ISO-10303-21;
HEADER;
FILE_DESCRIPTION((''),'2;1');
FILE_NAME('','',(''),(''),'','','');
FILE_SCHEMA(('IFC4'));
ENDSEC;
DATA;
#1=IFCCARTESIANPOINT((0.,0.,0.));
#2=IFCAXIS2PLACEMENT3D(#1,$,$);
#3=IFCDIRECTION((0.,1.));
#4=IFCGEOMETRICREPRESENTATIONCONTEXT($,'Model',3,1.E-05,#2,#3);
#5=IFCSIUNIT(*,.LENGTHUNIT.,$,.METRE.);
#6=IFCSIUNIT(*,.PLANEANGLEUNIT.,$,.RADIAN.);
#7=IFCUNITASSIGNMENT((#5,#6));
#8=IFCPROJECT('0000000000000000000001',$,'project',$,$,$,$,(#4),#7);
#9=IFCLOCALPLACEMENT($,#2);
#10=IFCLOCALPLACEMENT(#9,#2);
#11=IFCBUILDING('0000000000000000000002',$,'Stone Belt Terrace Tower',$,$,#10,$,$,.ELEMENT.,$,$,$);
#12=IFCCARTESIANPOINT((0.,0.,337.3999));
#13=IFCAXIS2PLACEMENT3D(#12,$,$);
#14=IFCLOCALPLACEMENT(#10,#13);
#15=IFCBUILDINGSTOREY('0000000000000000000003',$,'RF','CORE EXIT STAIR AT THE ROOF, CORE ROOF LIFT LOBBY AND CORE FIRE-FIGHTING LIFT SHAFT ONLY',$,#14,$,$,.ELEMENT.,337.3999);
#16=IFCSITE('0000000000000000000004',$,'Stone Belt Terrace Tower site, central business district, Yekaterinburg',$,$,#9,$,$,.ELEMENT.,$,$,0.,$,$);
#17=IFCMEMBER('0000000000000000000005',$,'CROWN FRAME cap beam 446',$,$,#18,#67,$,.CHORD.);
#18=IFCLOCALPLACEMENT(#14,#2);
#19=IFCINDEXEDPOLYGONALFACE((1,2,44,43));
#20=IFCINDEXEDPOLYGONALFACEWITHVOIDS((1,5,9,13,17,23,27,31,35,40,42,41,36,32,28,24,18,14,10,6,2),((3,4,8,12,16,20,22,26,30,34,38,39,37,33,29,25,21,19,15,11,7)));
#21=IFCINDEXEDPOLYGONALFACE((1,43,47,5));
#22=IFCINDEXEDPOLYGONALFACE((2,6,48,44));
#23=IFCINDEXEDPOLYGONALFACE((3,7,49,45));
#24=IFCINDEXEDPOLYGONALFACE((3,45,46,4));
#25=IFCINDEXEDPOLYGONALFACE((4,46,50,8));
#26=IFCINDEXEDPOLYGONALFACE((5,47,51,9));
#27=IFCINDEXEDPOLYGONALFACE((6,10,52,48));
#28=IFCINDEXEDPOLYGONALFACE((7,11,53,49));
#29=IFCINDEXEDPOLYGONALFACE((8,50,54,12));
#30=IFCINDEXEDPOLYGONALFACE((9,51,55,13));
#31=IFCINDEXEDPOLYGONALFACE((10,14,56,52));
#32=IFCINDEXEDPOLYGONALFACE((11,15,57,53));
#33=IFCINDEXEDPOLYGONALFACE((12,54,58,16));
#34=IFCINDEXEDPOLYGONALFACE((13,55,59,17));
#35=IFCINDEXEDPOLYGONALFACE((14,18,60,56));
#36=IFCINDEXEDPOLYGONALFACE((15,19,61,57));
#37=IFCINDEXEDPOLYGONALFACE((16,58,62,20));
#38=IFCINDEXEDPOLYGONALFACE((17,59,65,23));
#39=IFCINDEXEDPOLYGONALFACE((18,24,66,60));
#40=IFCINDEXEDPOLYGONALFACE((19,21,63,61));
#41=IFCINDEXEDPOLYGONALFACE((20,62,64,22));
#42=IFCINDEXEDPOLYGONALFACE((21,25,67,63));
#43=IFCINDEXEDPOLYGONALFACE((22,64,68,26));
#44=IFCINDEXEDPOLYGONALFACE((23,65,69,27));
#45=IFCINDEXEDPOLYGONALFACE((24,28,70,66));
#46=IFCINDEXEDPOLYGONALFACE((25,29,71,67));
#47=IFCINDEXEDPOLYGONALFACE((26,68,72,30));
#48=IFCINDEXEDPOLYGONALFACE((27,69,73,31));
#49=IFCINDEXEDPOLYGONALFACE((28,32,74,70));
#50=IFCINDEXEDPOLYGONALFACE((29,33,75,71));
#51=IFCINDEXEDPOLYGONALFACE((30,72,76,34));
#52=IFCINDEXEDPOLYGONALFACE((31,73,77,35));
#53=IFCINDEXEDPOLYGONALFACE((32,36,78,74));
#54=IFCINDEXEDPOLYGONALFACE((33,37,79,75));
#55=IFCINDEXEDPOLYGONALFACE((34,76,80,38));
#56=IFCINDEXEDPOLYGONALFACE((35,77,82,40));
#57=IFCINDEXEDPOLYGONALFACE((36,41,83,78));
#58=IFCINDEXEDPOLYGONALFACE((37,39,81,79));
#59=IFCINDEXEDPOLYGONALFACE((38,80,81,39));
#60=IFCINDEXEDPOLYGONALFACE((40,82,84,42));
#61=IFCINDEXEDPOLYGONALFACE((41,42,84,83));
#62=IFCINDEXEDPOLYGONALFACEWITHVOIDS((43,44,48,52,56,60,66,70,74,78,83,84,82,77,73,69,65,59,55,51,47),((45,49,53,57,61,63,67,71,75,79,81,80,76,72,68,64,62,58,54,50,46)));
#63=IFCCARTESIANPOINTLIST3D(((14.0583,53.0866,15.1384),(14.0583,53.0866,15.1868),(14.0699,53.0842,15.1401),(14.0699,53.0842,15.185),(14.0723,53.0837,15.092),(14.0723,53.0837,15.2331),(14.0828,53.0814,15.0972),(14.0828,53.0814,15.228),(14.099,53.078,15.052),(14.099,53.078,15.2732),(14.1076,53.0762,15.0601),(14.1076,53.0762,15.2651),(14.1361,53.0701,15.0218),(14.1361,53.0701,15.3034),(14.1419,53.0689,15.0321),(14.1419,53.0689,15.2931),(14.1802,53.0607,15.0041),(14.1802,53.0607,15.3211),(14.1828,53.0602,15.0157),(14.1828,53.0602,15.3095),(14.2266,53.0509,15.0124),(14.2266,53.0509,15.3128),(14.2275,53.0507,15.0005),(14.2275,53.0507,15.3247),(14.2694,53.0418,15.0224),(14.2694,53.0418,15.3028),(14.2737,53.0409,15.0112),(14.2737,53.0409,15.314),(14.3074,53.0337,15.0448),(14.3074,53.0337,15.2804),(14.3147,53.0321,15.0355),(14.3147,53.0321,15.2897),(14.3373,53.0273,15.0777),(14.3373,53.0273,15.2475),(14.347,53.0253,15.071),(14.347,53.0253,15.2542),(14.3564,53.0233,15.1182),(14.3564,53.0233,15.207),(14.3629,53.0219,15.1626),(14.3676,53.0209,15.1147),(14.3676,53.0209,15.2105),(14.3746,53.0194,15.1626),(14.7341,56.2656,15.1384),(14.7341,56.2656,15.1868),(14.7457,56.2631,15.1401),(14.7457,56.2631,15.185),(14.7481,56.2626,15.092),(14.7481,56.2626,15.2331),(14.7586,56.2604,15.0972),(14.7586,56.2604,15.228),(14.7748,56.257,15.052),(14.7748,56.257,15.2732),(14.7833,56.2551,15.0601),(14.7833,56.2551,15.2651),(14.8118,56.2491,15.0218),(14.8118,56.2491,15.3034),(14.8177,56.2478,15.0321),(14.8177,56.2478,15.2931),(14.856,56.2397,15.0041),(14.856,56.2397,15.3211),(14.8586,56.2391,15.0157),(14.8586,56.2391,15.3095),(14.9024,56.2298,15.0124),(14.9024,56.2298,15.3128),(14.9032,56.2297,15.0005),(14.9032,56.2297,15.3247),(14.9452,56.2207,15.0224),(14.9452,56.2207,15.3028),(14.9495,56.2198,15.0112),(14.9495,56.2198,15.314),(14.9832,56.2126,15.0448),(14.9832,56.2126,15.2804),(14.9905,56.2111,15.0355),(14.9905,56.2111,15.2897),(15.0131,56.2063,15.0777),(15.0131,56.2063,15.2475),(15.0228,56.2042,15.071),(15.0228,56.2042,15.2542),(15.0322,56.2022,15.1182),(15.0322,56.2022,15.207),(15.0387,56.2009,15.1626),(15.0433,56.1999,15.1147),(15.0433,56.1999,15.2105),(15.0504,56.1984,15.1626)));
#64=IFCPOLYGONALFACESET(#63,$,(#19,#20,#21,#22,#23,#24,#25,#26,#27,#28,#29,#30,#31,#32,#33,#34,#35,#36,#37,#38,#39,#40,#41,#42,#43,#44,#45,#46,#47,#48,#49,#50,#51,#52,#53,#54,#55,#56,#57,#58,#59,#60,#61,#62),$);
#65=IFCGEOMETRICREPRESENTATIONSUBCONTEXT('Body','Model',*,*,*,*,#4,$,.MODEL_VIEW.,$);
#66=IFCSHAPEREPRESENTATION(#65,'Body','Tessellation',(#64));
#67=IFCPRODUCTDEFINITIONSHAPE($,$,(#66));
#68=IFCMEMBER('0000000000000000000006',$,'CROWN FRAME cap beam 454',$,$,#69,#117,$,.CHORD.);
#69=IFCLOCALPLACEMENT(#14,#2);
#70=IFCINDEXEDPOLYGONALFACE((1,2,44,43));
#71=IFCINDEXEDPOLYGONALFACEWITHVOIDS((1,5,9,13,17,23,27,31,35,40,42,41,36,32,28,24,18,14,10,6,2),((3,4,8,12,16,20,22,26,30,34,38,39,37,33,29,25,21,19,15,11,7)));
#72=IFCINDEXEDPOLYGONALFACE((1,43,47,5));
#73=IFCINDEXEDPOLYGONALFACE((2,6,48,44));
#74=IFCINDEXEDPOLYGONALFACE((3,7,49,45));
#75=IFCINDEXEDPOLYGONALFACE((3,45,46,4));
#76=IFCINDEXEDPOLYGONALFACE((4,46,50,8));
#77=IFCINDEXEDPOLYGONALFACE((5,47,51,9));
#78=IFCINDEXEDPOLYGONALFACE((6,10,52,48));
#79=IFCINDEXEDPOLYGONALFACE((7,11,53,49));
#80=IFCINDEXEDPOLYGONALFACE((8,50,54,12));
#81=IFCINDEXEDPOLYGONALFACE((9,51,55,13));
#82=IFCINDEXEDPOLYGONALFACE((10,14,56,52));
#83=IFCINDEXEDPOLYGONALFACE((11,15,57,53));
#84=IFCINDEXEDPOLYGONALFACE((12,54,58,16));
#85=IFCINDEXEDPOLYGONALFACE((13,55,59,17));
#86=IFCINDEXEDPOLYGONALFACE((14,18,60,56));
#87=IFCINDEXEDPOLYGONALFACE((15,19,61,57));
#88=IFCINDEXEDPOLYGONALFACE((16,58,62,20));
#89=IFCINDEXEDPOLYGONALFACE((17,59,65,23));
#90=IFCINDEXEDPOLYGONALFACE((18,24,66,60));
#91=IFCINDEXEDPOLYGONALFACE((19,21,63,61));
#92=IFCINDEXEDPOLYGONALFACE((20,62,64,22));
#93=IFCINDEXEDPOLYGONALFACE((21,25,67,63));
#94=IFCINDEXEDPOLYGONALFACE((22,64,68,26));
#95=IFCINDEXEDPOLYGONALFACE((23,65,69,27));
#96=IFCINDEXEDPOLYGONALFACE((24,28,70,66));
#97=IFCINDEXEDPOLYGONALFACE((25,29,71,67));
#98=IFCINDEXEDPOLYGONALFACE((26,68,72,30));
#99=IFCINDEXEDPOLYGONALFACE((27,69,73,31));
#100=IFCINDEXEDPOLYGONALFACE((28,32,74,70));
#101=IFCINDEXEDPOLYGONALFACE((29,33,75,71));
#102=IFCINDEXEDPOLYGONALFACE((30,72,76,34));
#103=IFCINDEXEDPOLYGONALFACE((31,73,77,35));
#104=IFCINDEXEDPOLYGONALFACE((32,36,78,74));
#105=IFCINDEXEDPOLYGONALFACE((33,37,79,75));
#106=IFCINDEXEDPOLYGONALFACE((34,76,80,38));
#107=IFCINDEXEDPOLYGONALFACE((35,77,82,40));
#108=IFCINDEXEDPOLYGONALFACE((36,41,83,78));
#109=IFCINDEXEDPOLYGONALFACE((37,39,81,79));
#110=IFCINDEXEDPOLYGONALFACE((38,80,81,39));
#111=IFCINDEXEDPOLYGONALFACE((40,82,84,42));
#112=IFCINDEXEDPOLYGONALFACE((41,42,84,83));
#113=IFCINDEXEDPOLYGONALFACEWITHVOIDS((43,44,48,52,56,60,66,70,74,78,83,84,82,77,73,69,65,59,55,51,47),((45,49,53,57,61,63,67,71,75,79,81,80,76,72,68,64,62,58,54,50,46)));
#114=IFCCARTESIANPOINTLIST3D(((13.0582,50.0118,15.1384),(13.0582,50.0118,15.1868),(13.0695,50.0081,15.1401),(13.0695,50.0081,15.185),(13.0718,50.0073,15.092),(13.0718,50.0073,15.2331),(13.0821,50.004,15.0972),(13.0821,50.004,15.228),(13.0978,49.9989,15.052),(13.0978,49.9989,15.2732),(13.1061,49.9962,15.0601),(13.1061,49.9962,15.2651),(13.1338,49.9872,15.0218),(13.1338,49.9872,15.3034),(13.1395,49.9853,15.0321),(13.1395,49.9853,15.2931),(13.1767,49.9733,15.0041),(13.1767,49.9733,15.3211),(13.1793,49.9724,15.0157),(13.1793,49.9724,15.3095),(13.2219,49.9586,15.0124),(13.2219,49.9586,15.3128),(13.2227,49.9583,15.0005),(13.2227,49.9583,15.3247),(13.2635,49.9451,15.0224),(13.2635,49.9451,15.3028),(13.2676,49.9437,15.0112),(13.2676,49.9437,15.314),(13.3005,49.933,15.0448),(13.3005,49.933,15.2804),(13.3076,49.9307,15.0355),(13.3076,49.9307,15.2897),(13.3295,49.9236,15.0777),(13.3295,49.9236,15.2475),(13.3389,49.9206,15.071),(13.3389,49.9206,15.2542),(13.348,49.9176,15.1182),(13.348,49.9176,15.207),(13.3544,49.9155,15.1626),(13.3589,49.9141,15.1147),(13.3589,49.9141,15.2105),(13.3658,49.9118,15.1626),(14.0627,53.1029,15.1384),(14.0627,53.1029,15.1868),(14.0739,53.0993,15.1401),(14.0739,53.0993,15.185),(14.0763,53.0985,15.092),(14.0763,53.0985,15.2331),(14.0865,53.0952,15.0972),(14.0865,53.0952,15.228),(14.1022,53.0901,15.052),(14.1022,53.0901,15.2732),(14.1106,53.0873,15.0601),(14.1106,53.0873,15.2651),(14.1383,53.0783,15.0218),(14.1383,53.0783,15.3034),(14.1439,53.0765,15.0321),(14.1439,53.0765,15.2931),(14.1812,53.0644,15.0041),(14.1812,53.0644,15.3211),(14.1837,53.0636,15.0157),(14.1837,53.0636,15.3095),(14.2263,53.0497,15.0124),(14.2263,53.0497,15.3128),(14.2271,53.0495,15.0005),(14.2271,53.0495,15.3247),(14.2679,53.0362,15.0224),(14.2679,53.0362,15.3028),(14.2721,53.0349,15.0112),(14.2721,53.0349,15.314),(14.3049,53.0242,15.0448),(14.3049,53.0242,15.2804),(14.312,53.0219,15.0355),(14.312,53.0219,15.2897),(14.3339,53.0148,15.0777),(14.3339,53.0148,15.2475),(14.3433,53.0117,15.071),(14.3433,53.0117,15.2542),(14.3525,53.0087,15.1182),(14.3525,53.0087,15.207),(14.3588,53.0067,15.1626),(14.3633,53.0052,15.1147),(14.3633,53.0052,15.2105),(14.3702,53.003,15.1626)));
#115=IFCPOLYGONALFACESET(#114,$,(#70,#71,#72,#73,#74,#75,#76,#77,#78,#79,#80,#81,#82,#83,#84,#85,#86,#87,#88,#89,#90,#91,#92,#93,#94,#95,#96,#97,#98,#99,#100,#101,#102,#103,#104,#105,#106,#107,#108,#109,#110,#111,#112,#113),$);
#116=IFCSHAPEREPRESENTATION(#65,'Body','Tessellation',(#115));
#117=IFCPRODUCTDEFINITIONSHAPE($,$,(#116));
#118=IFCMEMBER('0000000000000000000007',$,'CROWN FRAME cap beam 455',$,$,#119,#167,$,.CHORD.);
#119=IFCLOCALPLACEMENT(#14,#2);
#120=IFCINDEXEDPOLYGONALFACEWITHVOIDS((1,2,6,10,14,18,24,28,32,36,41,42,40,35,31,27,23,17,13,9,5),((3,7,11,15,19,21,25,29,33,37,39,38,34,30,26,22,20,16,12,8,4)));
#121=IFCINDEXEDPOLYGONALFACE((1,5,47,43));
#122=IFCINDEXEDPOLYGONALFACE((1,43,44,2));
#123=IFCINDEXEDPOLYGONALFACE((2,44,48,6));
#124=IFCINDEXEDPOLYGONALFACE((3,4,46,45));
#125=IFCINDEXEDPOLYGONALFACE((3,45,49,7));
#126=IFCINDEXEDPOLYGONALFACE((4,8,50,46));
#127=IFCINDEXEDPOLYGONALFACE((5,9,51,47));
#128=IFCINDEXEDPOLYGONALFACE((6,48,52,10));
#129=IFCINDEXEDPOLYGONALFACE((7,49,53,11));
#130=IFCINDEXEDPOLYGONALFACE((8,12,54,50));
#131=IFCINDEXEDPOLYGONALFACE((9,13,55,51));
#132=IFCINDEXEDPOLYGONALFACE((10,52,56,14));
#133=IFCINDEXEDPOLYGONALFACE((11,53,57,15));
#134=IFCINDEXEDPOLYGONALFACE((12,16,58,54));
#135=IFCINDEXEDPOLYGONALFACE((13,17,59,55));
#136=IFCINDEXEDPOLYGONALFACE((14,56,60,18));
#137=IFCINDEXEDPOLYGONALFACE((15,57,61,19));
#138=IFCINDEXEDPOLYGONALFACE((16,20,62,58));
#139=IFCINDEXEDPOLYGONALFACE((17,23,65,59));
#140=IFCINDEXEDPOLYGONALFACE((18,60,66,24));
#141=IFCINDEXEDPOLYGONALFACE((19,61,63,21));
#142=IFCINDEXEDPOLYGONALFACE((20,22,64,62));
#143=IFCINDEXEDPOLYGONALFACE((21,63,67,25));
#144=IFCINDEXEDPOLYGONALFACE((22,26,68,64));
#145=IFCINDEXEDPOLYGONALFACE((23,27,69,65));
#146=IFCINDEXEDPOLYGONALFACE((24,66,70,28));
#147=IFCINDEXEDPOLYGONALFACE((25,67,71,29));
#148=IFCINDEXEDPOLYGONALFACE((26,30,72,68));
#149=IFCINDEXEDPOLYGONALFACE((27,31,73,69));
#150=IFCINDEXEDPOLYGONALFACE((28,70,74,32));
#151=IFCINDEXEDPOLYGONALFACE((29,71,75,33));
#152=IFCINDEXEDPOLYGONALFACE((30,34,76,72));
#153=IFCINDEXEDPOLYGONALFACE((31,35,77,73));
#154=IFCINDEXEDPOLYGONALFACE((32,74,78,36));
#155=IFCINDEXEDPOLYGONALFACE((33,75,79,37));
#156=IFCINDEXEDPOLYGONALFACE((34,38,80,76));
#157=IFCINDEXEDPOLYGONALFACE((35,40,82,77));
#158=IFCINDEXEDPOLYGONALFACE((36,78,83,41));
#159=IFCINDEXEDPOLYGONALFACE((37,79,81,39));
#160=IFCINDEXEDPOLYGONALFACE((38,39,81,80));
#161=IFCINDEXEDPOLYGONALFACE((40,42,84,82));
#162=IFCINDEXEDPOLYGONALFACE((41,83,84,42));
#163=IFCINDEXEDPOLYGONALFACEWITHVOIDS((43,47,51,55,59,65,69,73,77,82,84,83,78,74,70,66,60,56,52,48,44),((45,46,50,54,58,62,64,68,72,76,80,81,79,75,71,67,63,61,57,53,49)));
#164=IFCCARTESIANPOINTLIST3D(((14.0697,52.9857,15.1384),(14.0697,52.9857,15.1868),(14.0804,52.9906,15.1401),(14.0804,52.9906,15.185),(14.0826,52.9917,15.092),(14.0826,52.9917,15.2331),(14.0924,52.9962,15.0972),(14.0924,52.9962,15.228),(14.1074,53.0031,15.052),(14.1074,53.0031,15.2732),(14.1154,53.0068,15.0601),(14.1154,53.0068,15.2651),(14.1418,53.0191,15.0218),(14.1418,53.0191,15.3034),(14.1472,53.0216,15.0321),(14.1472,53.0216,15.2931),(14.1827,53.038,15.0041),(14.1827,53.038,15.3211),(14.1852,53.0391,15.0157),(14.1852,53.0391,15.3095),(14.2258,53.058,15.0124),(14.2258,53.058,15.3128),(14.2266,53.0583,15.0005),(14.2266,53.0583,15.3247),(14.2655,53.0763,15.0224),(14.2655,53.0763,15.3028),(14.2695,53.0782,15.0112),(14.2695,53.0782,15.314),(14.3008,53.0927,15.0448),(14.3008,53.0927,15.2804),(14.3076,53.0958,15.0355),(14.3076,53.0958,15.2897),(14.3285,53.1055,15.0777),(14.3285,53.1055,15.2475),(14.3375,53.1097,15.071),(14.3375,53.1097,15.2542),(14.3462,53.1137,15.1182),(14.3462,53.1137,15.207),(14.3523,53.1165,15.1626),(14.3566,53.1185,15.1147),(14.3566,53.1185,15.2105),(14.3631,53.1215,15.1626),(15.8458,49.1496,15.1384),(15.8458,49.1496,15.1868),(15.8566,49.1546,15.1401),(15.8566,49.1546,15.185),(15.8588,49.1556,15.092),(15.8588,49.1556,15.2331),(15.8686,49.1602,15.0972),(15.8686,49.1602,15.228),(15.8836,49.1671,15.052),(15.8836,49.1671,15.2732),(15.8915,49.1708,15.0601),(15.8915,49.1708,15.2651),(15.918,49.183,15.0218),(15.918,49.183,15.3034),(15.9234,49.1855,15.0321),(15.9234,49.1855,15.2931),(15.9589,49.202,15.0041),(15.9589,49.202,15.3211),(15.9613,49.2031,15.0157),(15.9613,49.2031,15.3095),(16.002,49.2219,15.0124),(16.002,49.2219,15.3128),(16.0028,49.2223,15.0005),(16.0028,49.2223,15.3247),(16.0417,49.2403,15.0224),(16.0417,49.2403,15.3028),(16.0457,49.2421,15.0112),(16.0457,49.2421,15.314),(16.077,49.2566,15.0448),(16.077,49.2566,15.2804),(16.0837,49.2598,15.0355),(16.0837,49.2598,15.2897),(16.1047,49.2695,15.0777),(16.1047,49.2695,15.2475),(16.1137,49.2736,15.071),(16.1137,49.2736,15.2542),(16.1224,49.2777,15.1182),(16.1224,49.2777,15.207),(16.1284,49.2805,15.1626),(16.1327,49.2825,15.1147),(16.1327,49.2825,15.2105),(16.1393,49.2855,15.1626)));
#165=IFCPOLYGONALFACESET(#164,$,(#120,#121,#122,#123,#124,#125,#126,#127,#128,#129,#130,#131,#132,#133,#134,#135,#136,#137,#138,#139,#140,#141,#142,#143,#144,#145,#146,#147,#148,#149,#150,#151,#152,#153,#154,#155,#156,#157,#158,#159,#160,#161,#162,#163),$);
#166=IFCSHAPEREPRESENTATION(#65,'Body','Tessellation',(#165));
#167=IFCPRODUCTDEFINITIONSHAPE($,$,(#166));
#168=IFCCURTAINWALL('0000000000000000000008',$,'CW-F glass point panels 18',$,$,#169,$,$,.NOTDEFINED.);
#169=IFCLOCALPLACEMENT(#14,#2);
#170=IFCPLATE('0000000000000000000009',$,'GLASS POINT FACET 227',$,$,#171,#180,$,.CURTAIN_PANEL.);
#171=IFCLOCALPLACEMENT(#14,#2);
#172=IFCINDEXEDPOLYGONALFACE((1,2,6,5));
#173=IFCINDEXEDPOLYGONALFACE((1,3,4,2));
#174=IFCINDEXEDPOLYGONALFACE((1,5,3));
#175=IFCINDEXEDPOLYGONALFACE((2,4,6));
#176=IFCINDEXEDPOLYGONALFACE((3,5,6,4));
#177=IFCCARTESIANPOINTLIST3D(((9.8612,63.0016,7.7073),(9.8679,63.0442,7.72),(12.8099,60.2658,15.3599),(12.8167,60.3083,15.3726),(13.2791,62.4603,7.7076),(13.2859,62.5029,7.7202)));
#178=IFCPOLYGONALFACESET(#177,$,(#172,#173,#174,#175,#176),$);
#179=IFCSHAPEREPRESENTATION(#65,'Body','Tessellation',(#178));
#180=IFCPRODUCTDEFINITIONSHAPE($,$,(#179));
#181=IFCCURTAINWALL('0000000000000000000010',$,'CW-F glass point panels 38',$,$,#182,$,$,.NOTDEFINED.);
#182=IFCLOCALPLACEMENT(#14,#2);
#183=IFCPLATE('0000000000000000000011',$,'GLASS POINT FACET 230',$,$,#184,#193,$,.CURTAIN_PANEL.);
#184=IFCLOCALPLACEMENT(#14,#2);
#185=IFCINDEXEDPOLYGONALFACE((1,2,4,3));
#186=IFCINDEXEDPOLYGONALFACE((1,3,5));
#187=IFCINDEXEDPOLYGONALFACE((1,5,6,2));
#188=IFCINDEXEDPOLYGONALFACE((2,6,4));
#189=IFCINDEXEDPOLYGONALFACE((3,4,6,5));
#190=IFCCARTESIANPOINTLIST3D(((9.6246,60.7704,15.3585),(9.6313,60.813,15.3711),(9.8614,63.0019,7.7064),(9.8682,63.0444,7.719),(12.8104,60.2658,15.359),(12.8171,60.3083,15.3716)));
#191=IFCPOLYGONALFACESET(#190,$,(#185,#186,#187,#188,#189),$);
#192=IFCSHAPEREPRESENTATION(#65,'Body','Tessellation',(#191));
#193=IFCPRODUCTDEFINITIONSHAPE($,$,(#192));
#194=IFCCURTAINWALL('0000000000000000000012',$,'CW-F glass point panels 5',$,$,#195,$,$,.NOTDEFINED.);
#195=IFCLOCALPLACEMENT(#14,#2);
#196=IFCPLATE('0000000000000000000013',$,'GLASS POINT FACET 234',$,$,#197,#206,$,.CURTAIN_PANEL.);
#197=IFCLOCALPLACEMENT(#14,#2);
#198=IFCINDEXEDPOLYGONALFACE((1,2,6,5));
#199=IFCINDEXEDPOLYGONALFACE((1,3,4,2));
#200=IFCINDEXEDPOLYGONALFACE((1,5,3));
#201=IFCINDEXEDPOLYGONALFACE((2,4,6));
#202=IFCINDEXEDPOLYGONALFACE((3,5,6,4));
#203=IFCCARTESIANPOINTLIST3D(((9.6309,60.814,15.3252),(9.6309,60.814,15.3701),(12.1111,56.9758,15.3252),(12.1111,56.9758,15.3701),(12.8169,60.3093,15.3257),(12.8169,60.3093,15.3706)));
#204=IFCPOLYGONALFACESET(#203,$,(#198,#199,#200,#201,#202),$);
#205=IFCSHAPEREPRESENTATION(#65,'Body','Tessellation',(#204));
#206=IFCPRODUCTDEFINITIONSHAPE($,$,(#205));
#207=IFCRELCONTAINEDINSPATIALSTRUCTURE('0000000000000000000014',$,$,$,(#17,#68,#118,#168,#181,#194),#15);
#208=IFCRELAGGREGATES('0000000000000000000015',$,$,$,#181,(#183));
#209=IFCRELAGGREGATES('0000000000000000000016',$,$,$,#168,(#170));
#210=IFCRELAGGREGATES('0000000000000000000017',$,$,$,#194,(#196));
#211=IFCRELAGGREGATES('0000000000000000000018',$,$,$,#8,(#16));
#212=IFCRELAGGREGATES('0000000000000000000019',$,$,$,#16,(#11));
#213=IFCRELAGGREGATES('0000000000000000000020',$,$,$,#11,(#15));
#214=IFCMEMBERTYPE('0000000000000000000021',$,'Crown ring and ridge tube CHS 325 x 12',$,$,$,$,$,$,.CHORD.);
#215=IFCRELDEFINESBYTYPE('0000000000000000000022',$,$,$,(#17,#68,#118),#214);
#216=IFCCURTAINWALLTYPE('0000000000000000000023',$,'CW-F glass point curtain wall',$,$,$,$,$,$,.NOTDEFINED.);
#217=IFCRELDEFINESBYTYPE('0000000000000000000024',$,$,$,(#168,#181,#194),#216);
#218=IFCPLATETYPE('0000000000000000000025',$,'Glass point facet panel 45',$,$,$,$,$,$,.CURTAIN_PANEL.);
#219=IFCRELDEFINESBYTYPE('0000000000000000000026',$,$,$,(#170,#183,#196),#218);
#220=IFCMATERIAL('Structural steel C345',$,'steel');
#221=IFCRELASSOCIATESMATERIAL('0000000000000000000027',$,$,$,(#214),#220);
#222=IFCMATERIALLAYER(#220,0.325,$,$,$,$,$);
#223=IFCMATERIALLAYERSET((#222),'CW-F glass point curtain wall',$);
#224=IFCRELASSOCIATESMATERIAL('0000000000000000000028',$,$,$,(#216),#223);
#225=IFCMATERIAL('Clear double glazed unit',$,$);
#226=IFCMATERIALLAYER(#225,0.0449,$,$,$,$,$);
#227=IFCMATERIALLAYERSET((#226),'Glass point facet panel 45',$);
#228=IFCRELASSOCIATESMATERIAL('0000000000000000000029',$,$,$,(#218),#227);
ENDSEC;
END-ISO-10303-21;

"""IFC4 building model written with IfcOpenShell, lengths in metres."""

from ifc_helpers import new_model, si_unit, direction, frame, origin, origin_2d, place, context, subcontext, project, spatial, polyline, hollow_circle, outline, extrude, material, layer, layer_set, material_profile, profile_set, type_object, element, aggregate, save


model = new_model("IFC4")

# Units and contexts
model_context = context("Model", 3, precision=1e-05, world=origin(), true_north=direction((0.0, 1.0)))
body_context = subcontext(model_context, "Body", "Model", "MODEL_VIEW")
ifc_project = project(units=[si_unit("LENGTHUNIT", "METRE"), si_unit("PLANEANGLEUNIT", "RADIAN")], contexts=[model_context])

# Site, building, storey
site_placement = place(None, origin())
site = spatial("IfcSite", under=ifc_project, at=site_placement, Name="Stone Belt Terrace Tower site, central business district, Yekaterinburg", CompositionType="ELEMENT", RefElevation=0.0)
building_placement = place(site_placement, origin())
building = spatial("IfcBuilding", under=site, at=building_placement, Name="Stone Belt Terrace Tower", CompositionType="ELEMENT")
storey_placement = place(building_placement, frame((0.0, 0.0, 337.3999)))
storey = spatial("IfcBuildingStorey", under=building, at=storey_placement, Name="RF", Description="CORE EXIT STAIR AT THE ROOF, CORE ROOF LIFT LOBBY AND CORE FIRE-FIGHTING LIFT SHAFT ONLY", CompositionType="ELEMENT", Elevation=337.3999)

# Members
ifc_material_1 = material(Name="Structural steel C345", Category="steel")
ifc_material_profile = material_profile(ifc_material_1, hollow_circle(Radius=0.1626, WallThickness=0.012, at=origin_2d()), Name="Structural steel C345 CHS 325x12")
ifc_profile_set = profile_set([ifc_material_profile], Name="Structural steel C345")
member_type = type_object("IfcMemberType", Name="Crown ring and ridge tube CHS 325 x 12", PredefinedType="CHORD", material=ifc_profile_set)
member_1_placement = place(storey_placement, frame((14.8914, 56.2322, 15.1626), z_axis=(-0.207933, -0.978143, 0.0), x_axis=(0.978143, -0.207933, 0.0)))
element("IfcMember", 1, at=member_1_placement, inside=storey, type_object=member_type, Name="CROWN FRAME cap beam 446", PredefinedType="CHORD", context=body_context, shape_type="SweptSolid", body=[
    extrude(hollow_circle(Radius=0.1626, WallThickness=0.012, at=origin_2d()), origin(), (0.0, 0.0, 1.0), 3.25),
])
member_2_placement = place(storey_placement, frame((14.2156, 53.0532, 15.1626), z_axis=(-0.30903, -0.951052, 0.0), x_axis=(0.951052, -0.30903, 0.0)))
element("IfcMember", 2, at=member_2_placement, inside=storey, type_object=member_type, Name="CROWN FRAME cap beam 454", PredefinedType="CHORD", context=body_context, shape_type="SweptSolid", body=[
    extrude(hollow_circle(Radius=0.1626, WallThickness=0.012, at=origin_2d()), origin(), (0.0, 0.0, 1.0), 3.2502),
])
member_3_placement = place(storey_placement, frame((14.2156, 53.0532, 15.1626), z_axis=(0.420168, -0.907447, 0.0), x_axis=(0.907447, 0.420168, 0.0)))
element("IfcMember", 3, at=member_3_placement, inside=storey, type_object=member_type, Name="CROWN FRAME cap beam 455", PredefinedType="CHORD", context=body_context, shape_type="SweptSolid", body=[
    extrude(hollow_circle(Radius=0.1626, WallThickness=0.012, at=origin_2d()), origin(), (0.0, 0.0, 1.0), 4.2273),
])

# Curtain walls, plates
ifc_layer_1 = layer(ifc_material_1, 0.325)
ifc_layer_set_1 = layer_set([ifc_layer_1], Name="CW-F glass point curtain wall")
curtain_wall_type = type_object("IfcCurtainWallType", Name="CW-F glass point curtain wall", PredefinedType="NOTDEFINED", material=ifc_layer_set_1)
curtain_wall_1_placement = place(storey_placement, origin())
curtain_wall_1 = element("IfcCurtainWall", 4, at=curtain_wall_1_placement, inside=storey, type_object=curtain_wall_type, Name="CW-F glass point panels 18", PredefinedType="NOTDEFINED")
ifc_material_2 = material(Name="Clear double glazed unit")
ifc_layer_2 = layer(ifc_material_2, 0.0449)
ifc_layer_set_2 = layer_set([ifc_layer_2], Name="Glass point facet panel 45")
plate_type = type_object("IfcPlateType", Name="Glass point facet panel 45", PredefinedType="CURTAIN_PANEL", material=ifc_layer_set_2)
plate_1_placement = place(storey_placement, frame((12.8167, 60.3083, 15.3726), z_axis=(0.150085, 0.947887, 0.281043), x_axis=(-0.341077, 0.316452, -0.885169)))
plate_1 = element("IfcPlate", 5, at=plate_1_placement, type_object=plate_type, Name="GLASS POINT FACET 227", PredefinedType="CURTAIN_PANEL", context=body_context, shape_type="SweptSolid", body=[
    extrude(outline(polyline([(0.0, 0.0), (8.6453, 0.0), (7.3081, -3.1917), (0.0, 0.0)])), origin(), (0.0, 0.0, -1.0), 0.0449),
])
curtain_wall_2_placement = place(storey_placement, origin())
curtain_wall_2 = element("IfcCurtainWall", 6, at=curtain_wall_2_placement, inside=storey, type_object=curtain_wall_type, Name="CW-F glass point panels 38", PredefinedType="NOTDEFINED")
plate_2_placement = place(storey_placement, frame((12.8171, 60.3083, 15.3716), z_axis=(0.150104, 0.947879, 0.281058), x_axis=(-0.987686, 0.156452, -0.000151)))
plate_2 = element("IfcPlate", 7, at=plate_2_placement, type_object=plate_type, Name="GLASS POINT FACET 230", PredefinedType="CURTAIN_PANEL", context=body_context, shape_type="SweptSolid", body=[
    extrude(outline(polyline([(0.0, 0.0), (3.2255, 0.0), (3.3419, -7.9735), (0.0, 0.0)])), origin(), (0.0, 0.0, -1.0), 0.0449),
])
aggregate(curtain_wall_2, [plate_2])
curtain_wall_3_placement = place(storey_placement, origin())
curtain_wall_3 = element("IfcCurtainWall", 8, at=curtain_wall_3_placement, inside=storey, type_object=curtain_wall_type, Name="CW-F glass point panels 5", PredefinedType="NOTDEFINED")
plate_3_placement = place(storey_placement, frame((12.8169, 60.3093, 15.3706), z_axis=(-0.000171, -0.00011, 1.0), x_axis=(-0.207141, -0.978311, -0.000143)))
plate_3 = element("IfcPlate", 9, at=plate_3_placement, type_object=plate_type, Name="GLASS POINT FACET 234", PredefinedType="CURTAIN_PANEL", context=body_context, shape_type="SweptSolid", body=[
    extrude(outline(polyline([(0.0, 0.0), (3.4074, 0.0), (0.1663, -3.2215), (0.0, 0.0)])), origin(), (0.0, 0.0, -1.0), 0.0449),
])

aggregate(curtain_wall_1, [plate_1])
aggregate(curtain_wall_3, [plate_3])

save(model, "model.ifc")
